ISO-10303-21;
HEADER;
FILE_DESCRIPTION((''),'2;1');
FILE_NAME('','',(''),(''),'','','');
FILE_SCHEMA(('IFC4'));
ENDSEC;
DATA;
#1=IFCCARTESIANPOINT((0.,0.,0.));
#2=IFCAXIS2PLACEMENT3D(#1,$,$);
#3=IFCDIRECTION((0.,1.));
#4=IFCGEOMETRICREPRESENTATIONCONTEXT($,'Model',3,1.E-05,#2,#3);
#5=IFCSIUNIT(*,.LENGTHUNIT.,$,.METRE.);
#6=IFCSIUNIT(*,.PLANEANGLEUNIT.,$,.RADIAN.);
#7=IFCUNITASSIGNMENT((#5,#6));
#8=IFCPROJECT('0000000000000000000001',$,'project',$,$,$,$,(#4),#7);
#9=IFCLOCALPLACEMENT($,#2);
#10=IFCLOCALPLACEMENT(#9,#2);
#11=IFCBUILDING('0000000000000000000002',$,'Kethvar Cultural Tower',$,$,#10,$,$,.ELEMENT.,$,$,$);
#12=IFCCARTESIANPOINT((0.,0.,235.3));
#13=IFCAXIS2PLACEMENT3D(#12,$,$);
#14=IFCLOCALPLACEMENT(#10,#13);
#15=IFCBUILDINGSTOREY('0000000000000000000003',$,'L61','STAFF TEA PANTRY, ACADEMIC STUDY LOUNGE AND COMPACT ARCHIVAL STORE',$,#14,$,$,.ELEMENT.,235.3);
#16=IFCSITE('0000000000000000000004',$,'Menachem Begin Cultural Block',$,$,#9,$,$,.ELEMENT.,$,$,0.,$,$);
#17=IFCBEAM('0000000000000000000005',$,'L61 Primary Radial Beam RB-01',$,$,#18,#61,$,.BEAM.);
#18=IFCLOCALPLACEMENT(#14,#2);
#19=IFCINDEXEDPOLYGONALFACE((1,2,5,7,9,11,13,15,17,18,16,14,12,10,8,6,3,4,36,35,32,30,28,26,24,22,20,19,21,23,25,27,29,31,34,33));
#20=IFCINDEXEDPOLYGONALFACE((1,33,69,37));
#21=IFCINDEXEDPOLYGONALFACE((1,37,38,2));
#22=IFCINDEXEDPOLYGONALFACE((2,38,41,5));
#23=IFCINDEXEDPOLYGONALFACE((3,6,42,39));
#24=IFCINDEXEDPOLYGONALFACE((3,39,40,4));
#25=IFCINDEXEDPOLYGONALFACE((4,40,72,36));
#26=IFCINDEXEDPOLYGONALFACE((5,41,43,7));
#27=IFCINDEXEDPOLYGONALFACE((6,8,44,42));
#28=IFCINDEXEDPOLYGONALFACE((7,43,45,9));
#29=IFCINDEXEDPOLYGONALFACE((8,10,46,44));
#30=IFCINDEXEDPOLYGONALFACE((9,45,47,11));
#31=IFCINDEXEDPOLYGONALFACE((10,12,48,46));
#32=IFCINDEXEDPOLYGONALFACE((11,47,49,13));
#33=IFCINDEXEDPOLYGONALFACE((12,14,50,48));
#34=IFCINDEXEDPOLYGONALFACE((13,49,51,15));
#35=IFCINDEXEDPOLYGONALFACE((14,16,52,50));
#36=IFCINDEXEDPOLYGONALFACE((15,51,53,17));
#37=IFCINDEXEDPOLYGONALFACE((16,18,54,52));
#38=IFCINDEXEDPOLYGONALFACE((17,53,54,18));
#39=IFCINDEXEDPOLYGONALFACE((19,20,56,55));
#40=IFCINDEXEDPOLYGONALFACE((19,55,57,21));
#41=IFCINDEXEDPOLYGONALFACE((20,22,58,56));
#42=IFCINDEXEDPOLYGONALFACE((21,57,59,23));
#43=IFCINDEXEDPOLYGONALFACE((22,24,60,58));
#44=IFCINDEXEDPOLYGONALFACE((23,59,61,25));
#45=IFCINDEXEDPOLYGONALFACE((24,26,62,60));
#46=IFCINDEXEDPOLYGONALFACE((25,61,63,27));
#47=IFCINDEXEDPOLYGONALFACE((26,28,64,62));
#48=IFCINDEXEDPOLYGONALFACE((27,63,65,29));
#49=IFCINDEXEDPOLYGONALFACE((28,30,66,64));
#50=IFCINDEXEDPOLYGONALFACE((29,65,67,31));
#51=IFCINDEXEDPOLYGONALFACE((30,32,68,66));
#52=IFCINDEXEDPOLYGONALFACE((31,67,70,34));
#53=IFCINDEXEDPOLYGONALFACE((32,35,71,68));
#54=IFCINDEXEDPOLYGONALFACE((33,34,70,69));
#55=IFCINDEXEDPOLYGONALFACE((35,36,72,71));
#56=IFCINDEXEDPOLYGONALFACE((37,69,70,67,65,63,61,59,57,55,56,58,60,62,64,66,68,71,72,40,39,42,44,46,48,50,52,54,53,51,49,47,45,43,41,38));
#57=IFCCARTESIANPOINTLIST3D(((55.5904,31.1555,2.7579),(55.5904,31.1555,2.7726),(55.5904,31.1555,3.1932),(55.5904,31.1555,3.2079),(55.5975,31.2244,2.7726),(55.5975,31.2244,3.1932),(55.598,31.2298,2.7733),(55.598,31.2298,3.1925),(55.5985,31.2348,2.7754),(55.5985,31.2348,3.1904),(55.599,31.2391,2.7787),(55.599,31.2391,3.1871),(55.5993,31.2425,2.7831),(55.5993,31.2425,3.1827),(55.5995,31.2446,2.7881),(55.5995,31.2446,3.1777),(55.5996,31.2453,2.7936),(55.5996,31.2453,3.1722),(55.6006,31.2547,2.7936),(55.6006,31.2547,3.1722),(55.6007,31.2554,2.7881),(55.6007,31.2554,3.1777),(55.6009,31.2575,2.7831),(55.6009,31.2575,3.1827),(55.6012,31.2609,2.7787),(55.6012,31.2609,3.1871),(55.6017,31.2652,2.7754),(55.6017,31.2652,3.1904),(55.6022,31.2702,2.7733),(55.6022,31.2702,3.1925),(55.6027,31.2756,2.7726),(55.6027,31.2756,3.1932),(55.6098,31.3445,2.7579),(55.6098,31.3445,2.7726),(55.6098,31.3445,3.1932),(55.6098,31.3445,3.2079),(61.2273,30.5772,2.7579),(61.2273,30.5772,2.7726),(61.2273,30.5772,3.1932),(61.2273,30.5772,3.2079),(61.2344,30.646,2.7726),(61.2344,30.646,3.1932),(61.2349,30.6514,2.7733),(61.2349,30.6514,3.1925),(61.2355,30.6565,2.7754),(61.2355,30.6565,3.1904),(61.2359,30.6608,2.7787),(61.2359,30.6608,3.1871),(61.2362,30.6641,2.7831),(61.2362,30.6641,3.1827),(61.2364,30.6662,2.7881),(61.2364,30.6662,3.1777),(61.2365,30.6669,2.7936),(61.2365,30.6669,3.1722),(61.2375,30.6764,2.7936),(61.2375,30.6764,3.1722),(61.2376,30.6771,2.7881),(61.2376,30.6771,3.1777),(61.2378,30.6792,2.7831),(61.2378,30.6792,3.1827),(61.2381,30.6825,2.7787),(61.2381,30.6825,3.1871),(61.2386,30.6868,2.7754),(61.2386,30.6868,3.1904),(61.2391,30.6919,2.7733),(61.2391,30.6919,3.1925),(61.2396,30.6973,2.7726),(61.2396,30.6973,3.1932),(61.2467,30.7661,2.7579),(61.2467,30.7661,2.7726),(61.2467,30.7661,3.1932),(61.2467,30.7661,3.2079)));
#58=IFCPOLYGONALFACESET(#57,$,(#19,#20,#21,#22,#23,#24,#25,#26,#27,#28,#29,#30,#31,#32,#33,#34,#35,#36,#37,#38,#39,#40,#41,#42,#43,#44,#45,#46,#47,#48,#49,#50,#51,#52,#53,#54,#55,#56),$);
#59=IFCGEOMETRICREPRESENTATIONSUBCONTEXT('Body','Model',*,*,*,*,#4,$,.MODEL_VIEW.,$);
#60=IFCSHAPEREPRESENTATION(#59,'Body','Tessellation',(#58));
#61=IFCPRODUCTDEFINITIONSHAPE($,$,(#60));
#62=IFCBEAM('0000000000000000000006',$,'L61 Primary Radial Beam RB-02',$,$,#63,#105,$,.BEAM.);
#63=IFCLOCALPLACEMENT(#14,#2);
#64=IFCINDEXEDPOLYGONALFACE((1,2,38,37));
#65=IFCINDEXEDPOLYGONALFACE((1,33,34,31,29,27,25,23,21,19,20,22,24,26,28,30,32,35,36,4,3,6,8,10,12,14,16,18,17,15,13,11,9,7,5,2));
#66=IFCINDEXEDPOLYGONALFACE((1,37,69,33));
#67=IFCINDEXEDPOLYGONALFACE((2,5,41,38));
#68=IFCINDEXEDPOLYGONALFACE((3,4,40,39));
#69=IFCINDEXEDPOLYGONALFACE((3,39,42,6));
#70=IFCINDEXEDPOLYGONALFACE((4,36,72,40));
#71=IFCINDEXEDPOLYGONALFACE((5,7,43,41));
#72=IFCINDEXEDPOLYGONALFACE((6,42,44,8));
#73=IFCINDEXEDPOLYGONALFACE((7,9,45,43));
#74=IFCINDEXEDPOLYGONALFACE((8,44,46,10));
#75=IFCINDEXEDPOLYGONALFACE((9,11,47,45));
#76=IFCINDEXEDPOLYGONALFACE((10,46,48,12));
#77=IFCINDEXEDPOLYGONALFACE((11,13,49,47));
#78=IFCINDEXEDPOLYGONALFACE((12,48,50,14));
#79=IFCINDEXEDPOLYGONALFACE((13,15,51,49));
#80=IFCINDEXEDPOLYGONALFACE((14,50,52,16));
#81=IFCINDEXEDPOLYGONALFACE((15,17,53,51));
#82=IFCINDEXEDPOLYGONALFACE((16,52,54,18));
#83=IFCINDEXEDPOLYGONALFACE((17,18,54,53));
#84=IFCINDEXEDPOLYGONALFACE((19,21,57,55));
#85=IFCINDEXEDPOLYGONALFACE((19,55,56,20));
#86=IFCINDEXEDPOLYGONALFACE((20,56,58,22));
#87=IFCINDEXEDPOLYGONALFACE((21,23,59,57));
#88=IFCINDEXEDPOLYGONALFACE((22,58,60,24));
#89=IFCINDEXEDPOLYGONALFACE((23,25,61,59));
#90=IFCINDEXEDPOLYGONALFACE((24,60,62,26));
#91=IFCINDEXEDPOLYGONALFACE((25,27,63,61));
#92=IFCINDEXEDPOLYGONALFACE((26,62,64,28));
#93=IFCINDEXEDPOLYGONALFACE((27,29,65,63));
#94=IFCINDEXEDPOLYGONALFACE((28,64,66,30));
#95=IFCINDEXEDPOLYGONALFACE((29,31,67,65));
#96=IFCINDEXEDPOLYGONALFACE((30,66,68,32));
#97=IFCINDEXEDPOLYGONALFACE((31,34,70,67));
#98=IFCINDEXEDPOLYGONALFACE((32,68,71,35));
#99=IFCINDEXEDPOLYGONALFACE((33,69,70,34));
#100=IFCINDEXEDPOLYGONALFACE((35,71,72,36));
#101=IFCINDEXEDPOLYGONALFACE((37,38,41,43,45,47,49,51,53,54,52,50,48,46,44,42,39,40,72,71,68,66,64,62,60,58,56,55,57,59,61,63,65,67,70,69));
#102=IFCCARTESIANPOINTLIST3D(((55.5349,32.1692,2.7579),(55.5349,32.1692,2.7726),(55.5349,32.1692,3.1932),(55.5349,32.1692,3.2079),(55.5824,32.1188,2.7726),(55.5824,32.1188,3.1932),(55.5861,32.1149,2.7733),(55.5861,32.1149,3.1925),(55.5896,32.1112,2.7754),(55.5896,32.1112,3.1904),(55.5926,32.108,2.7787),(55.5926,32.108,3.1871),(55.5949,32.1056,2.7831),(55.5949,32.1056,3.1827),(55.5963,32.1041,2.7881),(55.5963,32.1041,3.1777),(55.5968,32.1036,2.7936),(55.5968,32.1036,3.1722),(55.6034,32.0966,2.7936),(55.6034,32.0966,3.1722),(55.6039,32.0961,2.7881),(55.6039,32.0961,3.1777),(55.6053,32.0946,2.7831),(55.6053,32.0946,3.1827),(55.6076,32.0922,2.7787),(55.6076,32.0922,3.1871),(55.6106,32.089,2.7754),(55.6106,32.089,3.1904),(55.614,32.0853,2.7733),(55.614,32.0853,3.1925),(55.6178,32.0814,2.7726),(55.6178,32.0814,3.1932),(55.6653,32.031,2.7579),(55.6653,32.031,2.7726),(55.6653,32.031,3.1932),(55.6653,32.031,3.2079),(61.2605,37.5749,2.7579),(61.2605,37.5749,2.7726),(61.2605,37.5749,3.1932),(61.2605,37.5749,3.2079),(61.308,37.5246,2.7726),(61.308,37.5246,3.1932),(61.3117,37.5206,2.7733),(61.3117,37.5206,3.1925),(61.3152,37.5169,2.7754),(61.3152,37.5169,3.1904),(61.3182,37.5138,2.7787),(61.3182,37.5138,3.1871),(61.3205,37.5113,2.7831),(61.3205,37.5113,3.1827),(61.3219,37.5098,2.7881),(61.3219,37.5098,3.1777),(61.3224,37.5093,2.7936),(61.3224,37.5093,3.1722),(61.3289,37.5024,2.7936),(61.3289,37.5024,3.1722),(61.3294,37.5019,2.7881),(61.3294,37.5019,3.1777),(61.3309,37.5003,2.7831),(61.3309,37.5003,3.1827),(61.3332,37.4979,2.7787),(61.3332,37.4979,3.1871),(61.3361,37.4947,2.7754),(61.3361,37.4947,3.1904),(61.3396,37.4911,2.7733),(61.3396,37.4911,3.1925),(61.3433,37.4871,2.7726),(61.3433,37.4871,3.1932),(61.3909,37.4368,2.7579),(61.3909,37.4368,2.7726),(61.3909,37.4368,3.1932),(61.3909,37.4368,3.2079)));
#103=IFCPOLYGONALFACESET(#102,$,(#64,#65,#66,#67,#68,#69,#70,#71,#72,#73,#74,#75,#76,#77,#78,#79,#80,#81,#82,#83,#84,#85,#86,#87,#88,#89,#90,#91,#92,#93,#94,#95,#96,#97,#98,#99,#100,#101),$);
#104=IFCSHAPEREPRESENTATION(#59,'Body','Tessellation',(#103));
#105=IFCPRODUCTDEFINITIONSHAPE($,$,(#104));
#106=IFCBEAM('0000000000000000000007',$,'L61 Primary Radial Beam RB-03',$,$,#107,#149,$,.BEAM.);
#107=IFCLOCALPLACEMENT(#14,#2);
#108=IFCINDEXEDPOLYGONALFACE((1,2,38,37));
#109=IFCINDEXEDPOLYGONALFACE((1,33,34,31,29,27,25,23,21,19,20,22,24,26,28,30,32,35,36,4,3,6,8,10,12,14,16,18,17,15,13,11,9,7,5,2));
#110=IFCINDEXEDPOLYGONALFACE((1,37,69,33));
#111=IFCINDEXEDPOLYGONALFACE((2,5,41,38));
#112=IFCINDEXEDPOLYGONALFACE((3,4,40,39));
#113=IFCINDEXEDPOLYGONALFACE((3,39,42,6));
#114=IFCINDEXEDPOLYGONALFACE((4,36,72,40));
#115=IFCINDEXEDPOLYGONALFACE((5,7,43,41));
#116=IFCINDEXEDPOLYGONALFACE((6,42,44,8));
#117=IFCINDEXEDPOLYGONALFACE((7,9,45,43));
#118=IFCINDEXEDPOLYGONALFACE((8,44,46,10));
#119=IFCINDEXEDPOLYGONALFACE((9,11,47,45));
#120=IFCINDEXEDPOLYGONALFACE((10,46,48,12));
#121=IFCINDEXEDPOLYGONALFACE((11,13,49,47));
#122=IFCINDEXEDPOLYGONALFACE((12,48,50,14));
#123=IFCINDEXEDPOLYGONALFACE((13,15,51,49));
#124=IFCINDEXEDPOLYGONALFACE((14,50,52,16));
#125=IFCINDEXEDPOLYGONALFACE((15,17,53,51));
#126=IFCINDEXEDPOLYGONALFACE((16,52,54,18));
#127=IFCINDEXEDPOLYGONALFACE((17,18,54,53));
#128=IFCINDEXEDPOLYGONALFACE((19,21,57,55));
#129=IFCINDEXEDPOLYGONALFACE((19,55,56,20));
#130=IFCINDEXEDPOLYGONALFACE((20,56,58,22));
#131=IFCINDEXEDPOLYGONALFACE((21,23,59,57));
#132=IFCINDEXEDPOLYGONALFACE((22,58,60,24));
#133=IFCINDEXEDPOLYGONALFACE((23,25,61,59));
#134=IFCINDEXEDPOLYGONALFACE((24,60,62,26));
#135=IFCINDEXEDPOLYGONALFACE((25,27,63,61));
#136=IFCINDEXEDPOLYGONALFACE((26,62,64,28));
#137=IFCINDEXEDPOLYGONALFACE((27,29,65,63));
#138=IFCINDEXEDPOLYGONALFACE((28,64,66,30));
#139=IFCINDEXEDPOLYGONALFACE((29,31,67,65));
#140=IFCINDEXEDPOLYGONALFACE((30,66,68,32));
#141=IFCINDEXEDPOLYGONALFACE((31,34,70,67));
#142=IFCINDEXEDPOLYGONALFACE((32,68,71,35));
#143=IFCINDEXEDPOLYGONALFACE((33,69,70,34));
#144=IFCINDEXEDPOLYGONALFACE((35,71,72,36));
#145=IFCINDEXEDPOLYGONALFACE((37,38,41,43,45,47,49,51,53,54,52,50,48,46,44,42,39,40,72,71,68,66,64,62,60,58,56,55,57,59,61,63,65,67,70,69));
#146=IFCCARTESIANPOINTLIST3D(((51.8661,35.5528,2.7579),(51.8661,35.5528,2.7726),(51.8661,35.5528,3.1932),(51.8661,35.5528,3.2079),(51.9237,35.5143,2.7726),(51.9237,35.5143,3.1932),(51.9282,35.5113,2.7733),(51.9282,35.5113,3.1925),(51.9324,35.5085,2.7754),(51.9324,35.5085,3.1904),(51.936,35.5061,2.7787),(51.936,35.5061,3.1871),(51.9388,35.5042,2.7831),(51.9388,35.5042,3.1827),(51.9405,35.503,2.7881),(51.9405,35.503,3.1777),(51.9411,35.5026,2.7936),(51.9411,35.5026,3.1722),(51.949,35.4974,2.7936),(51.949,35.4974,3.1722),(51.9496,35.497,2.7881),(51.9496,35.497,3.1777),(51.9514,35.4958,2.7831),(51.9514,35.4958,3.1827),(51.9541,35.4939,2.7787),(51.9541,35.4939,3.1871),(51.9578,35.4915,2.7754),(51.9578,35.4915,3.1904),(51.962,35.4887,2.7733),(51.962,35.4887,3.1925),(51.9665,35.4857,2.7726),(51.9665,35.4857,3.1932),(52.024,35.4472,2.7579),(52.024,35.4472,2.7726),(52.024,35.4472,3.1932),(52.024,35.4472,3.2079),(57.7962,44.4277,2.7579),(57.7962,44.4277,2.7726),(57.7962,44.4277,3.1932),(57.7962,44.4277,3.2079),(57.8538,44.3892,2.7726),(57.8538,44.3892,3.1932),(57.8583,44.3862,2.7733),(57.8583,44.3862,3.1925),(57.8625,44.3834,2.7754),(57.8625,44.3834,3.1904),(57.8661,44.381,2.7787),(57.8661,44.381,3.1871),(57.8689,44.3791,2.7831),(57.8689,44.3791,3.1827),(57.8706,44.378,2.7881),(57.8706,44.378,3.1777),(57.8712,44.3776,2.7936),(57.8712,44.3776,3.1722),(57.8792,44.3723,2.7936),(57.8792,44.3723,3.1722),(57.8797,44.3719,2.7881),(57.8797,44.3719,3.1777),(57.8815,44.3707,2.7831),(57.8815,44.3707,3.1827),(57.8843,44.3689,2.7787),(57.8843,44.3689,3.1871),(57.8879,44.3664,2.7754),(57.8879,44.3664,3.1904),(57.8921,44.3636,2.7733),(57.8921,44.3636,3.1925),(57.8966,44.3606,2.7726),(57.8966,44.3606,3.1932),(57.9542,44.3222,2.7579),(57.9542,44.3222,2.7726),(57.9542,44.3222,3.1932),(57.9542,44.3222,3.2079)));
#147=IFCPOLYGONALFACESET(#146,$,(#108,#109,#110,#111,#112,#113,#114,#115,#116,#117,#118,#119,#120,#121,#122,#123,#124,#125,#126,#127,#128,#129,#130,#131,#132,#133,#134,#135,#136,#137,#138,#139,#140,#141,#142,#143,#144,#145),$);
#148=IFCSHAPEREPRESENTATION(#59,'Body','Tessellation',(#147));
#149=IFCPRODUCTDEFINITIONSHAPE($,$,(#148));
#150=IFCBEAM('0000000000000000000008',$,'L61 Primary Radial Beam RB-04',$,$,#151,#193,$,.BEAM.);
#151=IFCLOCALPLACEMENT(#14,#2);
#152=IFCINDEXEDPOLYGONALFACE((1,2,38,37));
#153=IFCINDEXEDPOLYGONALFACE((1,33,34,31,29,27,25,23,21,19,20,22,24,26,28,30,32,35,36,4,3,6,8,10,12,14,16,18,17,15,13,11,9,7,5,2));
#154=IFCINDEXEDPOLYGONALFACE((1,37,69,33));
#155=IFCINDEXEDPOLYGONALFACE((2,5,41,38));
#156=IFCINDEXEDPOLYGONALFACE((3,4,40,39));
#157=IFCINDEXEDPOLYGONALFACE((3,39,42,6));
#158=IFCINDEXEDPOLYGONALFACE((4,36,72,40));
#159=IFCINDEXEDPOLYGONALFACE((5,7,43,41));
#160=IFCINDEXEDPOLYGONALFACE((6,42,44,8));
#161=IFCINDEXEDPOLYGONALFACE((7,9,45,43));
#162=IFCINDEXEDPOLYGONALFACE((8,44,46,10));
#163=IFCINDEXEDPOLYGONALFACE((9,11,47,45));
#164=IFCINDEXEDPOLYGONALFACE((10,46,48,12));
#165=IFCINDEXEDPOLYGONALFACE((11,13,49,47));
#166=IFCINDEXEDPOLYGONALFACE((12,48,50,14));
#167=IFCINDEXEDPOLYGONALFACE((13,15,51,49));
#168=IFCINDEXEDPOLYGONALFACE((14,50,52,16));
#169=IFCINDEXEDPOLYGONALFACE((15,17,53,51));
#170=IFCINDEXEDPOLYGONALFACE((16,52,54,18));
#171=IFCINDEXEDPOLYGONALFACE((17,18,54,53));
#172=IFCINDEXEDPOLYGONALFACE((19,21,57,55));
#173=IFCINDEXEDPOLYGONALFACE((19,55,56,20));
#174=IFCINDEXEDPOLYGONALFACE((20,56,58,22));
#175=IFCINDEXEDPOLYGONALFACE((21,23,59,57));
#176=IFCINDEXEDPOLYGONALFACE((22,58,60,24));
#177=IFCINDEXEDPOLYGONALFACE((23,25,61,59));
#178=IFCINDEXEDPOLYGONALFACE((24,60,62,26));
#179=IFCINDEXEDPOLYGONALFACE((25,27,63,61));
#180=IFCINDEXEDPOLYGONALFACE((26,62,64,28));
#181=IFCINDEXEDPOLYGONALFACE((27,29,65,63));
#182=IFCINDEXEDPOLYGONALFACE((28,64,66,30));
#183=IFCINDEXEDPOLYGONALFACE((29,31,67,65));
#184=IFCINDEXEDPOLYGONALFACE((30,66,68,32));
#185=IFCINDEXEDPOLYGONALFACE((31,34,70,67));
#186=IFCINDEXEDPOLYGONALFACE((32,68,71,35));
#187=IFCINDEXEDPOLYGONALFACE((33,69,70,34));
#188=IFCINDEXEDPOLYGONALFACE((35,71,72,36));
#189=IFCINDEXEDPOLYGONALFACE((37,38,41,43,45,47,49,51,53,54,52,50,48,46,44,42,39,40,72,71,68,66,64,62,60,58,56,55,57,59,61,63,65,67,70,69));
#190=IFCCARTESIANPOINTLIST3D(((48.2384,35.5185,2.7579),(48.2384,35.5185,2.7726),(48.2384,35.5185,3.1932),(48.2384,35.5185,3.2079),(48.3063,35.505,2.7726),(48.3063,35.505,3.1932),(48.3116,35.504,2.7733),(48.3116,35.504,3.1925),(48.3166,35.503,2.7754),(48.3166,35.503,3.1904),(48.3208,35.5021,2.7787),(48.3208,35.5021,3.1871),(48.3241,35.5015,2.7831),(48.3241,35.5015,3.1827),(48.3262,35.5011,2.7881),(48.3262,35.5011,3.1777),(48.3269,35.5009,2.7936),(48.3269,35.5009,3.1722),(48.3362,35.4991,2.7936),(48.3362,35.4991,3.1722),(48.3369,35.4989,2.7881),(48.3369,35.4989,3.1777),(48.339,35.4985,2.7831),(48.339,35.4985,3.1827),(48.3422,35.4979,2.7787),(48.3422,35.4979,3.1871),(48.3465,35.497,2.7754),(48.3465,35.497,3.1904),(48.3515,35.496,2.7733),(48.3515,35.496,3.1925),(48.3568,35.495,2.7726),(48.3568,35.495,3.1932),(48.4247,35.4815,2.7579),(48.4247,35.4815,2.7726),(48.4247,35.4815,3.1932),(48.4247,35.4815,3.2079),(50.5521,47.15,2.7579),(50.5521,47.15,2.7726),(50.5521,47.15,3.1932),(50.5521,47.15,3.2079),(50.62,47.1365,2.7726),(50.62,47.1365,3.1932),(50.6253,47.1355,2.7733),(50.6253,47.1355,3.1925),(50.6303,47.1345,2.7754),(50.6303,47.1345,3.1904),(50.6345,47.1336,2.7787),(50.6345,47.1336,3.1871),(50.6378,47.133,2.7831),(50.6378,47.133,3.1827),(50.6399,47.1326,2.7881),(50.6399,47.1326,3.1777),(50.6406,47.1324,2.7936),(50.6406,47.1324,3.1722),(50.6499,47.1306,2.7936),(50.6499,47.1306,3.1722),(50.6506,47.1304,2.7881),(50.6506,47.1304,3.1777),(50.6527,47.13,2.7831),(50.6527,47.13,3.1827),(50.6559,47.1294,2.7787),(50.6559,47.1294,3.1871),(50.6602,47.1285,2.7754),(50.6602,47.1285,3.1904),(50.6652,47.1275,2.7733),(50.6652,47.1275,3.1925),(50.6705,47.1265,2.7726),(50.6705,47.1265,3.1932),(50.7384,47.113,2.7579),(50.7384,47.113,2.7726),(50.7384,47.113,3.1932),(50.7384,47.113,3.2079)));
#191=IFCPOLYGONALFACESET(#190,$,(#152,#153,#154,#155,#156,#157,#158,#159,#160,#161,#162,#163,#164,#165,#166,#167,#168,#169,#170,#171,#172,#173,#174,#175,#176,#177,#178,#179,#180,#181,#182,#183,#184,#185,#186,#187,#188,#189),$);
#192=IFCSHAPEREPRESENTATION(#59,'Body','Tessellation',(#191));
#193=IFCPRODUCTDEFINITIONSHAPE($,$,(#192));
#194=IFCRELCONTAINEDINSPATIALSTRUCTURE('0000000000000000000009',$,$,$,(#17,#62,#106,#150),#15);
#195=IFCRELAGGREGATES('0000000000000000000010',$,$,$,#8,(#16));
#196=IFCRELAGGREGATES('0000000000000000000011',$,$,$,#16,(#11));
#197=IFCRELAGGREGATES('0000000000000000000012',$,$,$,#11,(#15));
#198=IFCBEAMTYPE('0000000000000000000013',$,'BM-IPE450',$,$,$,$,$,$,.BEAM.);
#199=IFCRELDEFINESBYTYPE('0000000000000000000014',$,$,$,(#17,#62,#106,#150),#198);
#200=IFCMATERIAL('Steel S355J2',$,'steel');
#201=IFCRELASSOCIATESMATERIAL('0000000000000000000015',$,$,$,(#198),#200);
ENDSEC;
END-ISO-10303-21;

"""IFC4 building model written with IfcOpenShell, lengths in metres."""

from ifc_helpers import new_model, si_unit, direction, frame, origin, origin_2d, place, context, subcontext, project, spatial, i_section, extrude, source, transform, mapped, material, material_profile, profile_set, type_object, element, save


model = new_model("IFC4")

# Units and contexts
model_context = context("Model", 3, precision=1e-05, world=origin(), true_north=direction((0.0, 1.0)))
body_context = subcontext(model_context, "Body", "Model", "MODEL_VIEW")
ifc_project = project(units=[si_unit("LENGTHUNIT", "METRE"), si_unit("PLANEANGLEUNIT", "RADIAN")], contexts=[model_context])

# Site, building, storey
site_placement = place(None, origin())
site = spatial("IfcSite", under=ifc_project, at=site_placement, Name="Menachem Begin Cultural Block", CompositionType="ELEMENT", RefElevation=0.0)
building_placement = place(site_placement, origin())
building = spatial("IfcBuilding", under=site, at=building_placement, Name="Kethvar Cultural Tower", CompositionType="ELEMENT")
storey_placement = place(building_placement, frame((0.0, 0.0, 235.3)))
storey = spatial("IfcBuildingStorey", under=building, at=storey_placement, Name="L61", Description="STAFF TEA PANTRY, ACADEMIC STUDY LOUNGE AND COMPACT ARCHIVAL STORE", CompositionType="ELEMENT", Elevation=235.3)

# Beams
ifc_material_1 = material(Name="Steel S355J2", Category="steel")
ifc_material_profile_1 = material_profile(ifc_material_1, i_section(OverallWidth=0.1899, OverallDepth=0.45, WebThickness=0.0095, FlangeThickness=0.0146, FilletRadius=0.021, at=origin_2d()), Name="Steel S355J2 — IPE450")
ifc_profile_set_1 = profile_set([ifc_material_profile_1], Name="Steel S355J2 — IPE450")
beam_type_1 = type_object("IfcBeamType", Name="BM-IPE450", PredefinedType="BEAM", material=ifc_profile_set_1)
shared_shape_1 = source(origin(), body_context, "Body", "SweptSolid", [
    extrude(i_section(OverallWidth=0.1899, OverallDepth=0.45, WebThickness=0.0095, FlangeThickness=0.0146, FilletRadius=0.021, at=origin_2d()), origin(), (0.0, 0.0, 1.0), 5.6665),
])
beam_1_placement = place(storey_placement, frame((55.6001, 31.25, 2.9829), z_axis=(0.994778, -0.102067, 0.0), x_axis=(0.102067, 0.994778, 0.0)))
element("IfcBeam", 1, at=beam_1_placement, inside=storey, type_object=beam_type_1, Name="L61 Primary Radial Beam RB-01", PredefinedType="BEAM", context=body_context, shape_type="MappedRepresentation", body=[
    mapped(shared_shape_1, transform((0.0, 0.0, 0.0), scale=1.0)),
])
shared_shape_2 = source(origin(), body_context, "Body", "SweptSolid", [
    extrude(i_section(OverallWidth=0.1899, OverallDepth=0.45, WebThickness=0.0095, FlangeThickness=0.0146, FilletRadius=0.021, at=origin_2d()), origin(), (0.0, 0.0, 1.0), 7.8743),
])
beam_2_placement = place(storey_placement, frame((55.6001, 32.1001, 2.9829), z_axis=(0.727123, 0.686507, 0.0), x_axis=(-0.686507, 0.727123, 0.0)))
element("IfcBeam", 2, at=beam_2_placement, inside=storey, type_object=beam_type_1, Name="L61 Primary Radial Beam RB-02", PredefinedType="BEAM", context=body_context, shape_type="MappedRepresentation", body=[
    mapped(shared_shape_2, transform((0.0, 0.0, 0.0), scale=1.0)),
])
shared_shape_3 = source(origin(), body_context, "Body", "SweptSolid", [
    extrude(i_section(OverallWidth=0.1899, OverallDepth=0.45, WebThickness=0.0095, FlangeThickness=0.0146, FilletRadius=0.021, at=origin_2d()), origin(), (0.0, 0.0, 1.0), 10.6738),
])
beam_3_placement = place(storey_placement, frame((51.9451, 35.5, 2.9829), z_axis=(0.555576, 0.831466, 0.0), x_axis=(-0.831466, 0.555576, 0.0)))
element("IfcBeam", 3, at=beam_3_placement, inside=storey, type_object=beam_type_1, Name="L61 Primary Radial Beam RB-03", PredefinedType="BEAM", context=body_context, shape_type="MappedRepresentation", body=[
    mapped(shared_shape_3, transform((0.0, 0.0, 0.0), scale=1.0)),
])
shared_shape_4 = source(origin(), body_context, "Body", "SweptSolid", [
    extrude(i_section(OverallWidth=0.1899, OverallDepth=0.45, WebThickness=0.0095, FlangeThickness=0.0146, FilletRadius=0.021, at=origin_2d()), origin(), (0.0, 0.0, 1.0), 11.8594),
])
beam_4_placement = place(storey_placement, frame((48.3315, 35.5, 2.9829), z_axis=(0.195095, 0.980784, 0.0), x_axis=(-0.980784, 0.195095, 0.0)))
element("IfcBeam", 4, at=beam_4_placement, inside=storey, type_object=beam_type_1, Name="L61 Primary Radial Beam RB-04", PredefinedType="BEAM", context=body_context, shape_type="MappedRepresentation", body=[
    mapped(shared_shape_4, transform((0.0, 0.0, 0.0), scale=1.0)),
])

save(model, "model.ifc")
